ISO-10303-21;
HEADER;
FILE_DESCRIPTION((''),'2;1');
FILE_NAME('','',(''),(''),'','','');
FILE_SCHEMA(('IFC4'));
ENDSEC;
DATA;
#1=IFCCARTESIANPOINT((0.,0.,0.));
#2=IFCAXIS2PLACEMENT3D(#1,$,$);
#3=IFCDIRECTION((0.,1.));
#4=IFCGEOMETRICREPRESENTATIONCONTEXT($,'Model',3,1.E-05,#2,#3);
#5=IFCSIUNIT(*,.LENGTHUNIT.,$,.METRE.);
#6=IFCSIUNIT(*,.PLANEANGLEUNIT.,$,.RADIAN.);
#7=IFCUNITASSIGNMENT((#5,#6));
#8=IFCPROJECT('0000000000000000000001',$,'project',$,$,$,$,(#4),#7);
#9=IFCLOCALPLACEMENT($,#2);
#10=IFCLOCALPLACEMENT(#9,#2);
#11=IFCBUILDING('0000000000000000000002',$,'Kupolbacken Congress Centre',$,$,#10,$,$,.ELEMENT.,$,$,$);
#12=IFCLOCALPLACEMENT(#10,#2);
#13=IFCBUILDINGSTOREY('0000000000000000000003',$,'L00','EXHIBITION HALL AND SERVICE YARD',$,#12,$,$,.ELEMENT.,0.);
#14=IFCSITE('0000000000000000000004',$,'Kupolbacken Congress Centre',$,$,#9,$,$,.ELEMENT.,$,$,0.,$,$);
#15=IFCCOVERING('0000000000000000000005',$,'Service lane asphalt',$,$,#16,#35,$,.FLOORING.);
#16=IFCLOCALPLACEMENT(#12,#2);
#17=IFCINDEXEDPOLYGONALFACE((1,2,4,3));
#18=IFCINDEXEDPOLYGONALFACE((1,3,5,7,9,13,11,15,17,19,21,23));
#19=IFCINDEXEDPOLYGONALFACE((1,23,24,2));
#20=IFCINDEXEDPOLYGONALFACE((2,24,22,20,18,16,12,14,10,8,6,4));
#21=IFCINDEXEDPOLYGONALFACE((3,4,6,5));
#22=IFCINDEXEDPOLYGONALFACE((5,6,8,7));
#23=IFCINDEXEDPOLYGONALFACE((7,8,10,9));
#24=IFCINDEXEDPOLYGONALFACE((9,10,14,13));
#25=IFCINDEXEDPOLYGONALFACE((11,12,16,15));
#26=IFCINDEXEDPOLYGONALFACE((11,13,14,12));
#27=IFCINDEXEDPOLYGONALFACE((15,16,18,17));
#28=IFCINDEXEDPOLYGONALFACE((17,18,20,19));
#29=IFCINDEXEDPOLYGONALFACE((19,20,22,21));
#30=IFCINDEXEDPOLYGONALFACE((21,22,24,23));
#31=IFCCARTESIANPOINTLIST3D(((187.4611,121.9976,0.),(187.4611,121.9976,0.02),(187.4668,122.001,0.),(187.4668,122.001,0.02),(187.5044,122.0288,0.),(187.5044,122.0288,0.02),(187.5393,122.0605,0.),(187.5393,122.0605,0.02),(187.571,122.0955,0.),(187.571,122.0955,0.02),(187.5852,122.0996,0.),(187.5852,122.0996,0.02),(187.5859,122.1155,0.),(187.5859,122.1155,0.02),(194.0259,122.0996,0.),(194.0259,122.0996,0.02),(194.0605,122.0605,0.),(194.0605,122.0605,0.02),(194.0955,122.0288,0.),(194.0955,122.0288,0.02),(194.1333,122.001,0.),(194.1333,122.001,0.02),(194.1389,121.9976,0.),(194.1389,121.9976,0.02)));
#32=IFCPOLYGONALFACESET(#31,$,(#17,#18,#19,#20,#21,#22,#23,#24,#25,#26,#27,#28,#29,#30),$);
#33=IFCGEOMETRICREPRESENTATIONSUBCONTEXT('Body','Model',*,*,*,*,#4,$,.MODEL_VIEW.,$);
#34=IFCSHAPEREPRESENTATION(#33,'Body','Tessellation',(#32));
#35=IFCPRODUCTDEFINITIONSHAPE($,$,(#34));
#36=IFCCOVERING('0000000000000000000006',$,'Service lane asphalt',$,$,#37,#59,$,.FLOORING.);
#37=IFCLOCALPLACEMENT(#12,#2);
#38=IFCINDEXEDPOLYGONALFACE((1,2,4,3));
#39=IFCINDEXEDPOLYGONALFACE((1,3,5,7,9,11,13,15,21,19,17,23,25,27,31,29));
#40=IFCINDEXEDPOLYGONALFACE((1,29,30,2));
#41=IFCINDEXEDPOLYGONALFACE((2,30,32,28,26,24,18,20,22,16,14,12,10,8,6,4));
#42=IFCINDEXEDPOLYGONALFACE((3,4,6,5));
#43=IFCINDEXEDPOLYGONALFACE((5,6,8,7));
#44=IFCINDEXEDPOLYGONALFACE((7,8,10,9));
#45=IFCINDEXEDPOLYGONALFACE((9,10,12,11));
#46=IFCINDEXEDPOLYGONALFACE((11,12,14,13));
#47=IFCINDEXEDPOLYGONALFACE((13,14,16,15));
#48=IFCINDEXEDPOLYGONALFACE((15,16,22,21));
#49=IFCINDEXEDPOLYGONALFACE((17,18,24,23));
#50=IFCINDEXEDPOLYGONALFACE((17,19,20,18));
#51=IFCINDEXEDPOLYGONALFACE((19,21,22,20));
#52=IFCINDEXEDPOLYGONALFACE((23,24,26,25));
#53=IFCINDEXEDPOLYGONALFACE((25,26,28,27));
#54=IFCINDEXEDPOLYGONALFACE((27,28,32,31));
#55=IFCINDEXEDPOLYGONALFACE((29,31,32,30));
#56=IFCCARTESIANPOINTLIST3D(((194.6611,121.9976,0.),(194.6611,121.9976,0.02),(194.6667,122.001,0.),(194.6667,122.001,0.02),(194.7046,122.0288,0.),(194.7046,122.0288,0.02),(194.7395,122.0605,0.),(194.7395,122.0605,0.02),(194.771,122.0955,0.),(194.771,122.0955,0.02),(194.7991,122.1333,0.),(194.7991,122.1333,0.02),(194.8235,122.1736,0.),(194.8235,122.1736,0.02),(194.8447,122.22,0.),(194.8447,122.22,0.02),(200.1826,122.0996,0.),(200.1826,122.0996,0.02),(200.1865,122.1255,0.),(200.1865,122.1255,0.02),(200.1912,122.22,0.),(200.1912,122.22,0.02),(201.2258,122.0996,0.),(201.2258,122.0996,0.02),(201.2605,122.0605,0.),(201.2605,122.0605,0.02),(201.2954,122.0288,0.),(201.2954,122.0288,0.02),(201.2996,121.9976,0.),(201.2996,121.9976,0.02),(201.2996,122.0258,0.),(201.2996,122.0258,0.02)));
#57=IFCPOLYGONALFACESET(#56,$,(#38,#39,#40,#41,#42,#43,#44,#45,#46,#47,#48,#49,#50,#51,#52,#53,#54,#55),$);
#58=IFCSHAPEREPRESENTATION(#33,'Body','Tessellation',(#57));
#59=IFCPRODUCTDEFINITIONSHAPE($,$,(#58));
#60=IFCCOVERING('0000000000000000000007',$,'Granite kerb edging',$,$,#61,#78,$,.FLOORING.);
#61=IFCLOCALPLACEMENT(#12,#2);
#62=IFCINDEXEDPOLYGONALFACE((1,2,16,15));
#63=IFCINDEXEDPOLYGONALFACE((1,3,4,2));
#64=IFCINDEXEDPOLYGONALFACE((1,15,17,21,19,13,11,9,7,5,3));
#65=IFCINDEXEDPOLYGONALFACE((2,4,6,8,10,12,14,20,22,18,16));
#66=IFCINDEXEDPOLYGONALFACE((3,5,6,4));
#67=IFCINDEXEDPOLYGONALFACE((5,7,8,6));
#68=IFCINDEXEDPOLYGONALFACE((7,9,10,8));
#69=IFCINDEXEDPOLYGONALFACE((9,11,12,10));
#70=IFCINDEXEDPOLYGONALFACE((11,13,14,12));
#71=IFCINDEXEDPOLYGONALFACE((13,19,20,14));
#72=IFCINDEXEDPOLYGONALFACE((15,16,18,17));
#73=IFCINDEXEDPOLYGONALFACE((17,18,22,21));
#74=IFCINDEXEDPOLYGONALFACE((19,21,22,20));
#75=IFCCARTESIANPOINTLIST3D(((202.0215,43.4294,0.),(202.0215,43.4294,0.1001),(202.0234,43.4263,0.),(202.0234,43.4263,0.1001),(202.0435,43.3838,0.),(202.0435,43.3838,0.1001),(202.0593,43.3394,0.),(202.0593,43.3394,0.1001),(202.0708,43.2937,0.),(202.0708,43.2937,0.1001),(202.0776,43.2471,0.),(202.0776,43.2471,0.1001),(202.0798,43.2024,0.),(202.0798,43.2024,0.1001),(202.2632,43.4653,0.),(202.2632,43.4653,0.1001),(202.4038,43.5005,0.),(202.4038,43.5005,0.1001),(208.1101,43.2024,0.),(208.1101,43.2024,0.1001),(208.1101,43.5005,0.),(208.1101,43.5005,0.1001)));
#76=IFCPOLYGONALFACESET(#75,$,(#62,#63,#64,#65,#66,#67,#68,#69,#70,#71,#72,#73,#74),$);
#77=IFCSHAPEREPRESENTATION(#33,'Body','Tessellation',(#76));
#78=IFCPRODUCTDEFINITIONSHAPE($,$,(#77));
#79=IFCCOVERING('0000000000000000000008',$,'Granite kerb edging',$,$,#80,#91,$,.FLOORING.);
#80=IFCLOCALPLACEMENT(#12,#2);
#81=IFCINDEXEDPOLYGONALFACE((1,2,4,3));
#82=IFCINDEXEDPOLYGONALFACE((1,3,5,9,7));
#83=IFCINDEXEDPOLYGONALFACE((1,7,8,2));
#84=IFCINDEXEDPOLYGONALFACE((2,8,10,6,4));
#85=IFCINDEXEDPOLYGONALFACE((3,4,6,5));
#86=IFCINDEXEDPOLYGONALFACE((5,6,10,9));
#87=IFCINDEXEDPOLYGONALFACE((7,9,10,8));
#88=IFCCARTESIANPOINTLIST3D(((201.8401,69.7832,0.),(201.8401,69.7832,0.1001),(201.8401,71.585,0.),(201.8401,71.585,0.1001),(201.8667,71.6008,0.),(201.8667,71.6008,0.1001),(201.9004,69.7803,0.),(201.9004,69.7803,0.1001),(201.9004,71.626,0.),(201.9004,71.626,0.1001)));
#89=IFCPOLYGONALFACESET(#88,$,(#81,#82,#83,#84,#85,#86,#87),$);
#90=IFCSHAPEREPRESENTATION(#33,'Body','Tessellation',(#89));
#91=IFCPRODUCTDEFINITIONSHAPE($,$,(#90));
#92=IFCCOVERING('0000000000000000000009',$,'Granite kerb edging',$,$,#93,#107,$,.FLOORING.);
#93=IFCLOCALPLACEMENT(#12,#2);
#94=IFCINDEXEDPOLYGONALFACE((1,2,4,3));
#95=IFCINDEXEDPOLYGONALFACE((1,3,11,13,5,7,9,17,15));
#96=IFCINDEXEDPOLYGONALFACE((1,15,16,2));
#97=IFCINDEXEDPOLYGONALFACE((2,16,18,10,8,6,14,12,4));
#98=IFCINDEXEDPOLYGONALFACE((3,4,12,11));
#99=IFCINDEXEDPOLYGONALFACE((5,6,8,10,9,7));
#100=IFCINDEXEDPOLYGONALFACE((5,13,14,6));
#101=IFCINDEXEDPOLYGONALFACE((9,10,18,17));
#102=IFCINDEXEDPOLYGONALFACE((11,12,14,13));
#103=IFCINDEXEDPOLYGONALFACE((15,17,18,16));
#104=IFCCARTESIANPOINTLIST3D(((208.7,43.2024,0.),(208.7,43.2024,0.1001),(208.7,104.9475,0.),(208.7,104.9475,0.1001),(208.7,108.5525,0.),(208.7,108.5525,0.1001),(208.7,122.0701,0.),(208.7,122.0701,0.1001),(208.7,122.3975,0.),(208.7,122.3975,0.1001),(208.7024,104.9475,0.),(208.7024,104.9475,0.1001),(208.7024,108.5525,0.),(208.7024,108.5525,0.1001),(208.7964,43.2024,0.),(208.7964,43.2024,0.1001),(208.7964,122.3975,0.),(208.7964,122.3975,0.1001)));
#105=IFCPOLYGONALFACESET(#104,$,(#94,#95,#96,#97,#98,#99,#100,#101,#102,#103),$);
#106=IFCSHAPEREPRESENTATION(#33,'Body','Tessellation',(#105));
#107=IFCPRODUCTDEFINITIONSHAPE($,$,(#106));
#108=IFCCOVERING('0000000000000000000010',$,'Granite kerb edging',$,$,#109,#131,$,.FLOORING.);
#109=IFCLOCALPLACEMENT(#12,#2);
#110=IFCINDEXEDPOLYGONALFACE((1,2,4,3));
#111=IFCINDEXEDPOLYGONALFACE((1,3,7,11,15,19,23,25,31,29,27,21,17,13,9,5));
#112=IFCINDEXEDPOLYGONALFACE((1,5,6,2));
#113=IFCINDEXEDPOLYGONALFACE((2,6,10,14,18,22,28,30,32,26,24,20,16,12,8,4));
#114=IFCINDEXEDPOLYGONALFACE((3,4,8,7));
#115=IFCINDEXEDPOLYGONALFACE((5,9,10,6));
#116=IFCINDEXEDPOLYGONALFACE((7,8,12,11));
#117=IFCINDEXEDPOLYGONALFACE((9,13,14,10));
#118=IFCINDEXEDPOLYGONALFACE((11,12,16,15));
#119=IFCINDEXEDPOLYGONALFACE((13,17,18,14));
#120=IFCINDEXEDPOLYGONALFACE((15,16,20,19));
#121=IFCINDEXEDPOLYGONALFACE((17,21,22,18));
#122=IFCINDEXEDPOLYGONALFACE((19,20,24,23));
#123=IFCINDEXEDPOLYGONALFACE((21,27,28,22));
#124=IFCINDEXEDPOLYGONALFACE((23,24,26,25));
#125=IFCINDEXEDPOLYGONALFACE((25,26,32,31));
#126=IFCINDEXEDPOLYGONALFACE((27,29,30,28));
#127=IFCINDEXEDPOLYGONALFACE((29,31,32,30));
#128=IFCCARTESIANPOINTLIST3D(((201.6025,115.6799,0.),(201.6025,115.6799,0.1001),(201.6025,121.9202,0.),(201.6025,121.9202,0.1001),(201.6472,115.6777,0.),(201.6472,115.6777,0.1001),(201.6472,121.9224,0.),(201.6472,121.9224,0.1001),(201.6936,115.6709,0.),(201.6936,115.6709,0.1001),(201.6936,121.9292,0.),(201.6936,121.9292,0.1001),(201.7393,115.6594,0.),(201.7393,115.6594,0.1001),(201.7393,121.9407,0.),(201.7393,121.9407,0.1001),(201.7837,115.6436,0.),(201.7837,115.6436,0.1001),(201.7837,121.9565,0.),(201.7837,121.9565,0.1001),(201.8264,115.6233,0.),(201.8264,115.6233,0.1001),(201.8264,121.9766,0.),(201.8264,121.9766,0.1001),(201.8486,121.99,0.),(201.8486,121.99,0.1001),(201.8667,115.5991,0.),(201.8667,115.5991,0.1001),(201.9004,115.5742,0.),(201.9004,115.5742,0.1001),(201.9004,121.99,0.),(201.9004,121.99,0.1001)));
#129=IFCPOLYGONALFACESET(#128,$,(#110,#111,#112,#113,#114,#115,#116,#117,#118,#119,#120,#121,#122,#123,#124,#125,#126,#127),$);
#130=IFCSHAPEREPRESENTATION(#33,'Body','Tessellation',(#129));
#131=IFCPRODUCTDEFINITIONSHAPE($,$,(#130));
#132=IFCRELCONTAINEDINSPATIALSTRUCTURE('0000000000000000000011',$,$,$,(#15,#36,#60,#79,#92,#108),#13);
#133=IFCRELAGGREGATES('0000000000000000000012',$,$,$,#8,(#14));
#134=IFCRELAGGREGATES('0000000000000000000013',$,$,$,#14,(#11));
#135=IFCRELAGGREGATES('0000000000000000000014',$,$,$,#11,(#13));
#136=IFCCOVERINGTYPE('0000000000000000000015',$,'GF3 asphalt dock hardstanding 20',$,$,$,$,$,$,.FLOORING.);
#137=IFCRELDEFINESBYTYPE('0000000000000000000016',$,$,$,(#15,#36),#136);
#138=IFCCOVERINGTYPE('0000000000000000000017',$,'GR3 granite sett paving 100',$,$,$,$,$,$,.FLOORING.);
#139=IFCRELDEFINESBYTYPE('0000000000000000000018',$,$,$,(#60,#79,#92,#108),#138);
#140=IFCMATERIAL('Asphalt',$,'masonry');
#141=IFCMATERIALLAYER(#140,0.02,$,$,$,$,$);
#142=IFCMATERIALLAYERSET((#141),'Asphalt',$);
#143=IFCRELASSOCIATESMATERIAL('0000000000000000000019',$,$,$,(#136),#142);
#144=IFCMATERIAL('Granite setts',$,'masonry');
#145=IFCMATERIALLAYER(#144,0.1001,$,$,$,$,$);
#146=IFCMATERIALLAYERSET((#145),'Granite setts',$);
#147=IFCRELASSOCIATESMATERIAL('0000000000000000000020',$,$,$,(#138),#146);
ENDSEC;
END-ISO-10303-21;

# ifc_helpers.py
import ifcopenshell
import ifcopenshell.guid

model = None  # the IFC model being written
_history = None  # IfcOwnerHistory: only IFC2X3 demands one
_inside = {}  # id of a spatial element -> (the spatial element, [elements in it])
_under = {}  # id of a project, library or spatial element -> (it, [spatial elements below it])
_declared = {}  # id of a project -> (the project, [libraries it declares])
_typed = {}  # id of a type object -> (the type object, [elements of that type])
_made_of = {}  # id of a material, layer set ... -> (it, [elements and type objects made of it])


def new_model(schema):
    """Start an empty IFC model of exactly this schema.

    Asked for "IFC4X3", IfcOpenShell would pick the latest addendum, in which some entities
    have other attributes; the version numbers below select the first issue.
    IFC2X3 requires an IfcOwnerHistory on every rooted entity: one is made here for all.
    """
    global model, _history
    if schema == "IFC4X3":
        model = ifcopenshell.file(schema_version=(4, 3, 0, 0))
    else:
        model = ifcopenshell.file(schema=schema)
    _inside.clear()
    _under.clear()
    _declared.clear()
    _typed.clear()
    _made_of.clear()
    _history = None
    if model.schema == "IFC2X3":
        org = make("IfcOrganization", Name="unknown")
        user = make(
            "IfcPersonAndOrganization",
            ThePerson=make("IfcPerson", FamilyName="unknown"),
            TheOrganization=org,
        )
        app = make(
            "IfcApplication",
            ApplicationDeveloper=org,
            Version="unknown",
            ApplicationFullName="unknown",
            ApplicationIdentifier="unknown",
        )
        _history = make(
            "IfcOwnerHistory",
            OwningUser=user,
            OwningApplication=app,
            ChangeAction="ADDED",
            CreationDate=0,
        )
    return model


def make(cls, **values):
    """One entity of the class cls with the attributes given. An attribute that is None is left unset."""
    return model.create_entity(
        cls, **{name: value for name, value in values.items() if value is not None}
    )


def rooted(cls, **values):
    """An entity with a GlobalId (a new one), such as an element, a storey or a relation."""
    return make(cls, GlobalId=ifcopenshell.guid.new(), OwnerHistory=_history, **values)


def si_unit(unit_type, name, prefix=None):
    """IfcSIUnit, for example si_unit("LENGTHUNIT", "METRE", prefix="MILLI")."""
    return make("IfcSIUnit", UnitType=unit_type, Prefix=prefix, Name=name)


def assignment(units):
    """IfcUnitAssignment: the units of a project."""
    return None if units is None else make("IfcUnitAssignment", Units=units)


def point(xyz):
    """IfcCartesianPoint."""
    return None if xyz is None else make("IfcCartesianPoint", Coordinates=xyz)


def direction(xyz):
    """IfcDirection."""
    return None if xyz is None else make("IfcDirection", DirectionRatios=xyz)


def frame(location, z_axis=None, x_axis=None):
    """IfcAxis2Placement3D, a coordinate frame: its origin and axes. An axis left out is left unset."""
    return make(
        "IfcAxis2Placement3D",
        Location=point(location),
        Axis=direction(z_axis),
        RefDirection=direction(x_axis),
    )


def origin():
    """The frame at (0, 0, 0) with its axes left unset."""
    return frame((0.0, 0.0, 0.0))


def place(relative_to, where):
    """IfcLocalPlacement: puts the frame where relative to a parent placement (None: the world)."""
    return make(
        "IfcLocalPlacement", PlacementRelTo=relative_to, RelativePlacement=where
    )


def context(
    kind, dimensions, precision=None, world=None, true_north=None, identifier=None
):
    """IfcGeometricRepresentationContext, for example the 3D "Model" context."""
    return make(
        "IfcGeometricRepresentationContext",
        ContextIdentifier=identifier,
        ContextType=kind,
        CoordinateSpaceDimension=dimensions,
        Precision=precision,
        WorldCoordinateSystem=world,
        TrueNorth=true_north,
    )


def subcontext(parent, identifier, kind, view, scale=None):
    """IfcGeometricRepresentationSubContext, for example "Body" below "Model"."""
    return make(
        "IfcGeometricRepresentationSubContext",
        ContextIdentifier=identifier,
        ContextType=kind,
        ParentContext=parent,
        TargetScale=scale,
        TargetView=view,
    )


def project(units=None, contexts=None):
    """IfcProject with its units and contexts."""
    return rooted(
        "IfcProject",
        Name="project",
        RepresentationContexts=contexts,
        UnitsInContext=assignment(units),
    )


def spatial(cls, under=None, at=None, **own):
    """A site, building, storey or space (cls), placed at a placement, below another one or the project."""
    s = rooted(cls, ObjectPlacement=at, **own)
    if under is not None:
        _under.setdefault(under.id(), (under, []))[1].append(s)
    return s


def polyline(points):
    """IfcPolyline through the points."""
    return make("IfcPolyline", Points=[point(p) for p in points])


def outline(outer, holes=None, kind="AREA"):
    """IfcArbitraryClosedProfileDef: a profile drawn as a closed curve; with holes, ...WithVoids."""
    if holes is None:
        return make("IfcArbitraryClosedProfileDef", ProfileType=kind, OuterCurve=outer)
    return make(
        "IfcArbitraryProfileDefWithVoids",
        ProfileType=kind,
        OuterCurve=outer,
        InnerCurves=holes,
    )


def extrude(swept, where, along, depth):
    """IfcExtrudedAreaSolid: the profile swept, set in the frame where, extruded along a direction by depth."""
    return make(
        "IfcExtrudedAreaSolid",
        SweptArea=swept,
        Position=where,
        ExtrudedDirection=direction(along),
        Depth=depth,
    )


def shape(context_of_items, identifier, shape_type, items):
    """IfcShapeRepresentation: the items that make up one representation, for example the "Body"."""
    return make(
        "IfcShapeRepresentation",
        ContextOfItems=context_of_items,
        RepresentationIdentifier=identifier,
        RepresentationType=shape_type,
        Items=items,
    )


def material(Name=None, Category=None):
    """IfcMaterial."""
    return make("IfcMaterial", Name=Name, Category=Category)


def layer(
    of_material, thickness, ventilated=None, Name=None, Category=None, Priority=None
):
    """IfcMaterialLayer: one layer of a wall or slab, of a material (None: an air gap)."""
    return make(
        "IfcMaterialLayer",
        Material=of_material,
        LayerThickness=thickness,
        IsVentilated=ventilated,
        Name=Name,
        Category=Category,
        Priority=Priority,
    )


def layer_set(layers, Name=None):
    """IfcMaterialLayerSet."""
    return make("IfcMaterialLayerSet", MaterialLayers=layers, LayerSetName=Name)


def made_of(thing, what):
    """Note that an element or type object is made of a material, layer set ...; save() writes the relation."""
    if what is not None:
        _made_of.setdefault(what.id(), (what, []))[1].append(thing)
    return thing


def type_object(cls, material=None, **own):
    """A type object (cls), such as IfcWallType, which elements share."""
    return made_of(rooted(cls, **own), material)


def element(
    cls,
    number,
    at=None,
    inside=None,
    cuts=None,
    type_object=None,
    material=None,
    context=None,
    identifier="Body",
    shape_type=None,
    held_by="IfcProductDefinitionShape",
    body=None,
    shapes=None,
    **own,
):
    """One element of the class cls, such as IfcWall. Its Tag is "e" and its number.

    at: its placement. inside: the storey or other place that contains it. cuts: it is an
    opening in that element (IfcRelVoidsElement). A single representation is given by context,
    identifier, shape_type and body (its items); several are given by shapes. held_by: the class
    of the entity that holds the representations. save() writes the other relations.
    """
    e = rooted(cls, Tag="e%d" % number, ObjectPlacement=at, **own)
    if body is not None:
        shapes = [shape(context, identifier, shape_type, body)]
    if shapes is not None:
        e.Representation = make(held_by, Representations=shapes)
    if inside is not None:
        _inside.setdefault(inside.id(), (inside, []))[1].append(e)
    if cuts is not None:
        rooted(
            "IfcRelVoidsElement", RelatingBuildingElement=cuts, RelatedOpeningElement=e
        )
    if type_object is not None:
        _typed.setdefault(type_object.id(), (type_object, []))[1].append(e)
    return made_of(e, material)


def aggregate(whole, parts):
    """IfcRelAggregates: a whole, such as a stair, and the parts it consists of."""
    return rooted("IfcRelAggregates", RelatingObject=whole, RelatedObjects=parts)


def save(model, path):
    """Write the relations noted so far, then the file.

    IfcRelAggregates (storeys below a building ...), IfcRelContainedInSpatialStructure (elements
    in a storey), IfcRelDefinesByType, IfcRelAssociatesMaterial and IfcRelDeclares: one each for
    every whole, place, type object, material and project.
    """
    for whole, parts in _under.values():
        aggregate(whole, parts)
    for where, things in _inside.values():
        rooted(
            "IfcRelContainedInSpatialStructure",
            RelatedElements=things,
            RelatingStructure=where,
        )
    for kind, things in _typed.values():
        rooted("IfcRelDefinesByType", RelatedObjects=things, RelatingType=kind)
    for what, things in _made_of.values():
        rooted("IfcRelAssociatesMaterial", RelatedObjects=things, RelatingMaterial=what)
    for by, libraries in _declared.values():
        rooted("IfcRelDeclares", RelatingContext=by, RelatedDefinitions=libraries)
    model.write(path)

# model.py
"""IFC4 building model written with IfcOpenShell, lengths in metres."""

from ifc_helpers import new_model, si_unit, direction, origin, place, context, subcontext, project, spatial, polyline, outline, extrude, material, layer, layer_set, type_object, element, save


model = new_model("IFC4")

# Units and contexts
model_context = context("Model", 3, precision=1e-05, world=origin(), true_north=direction((0.0, 1.0)))
body_context = subcontext(model_context, "Body", "Model", "MODEL_VIEW")
ifc_project = project(units=[si_unit("LENGTHUNIT", "METRE"), si_unit("PLANEANGLEUNIT", "RADIAN")], contexts=[model_context])

# Site, building, storey
site_placement = place(None, origin())
site = spatial("IfcSite", under=ifc_project, at=site_placement, Name="Kupolbacken Congress Centre", CompositionType="ELEMENT", RefElevation=0.0)
building_placement = place(site_placement, origin())
building = spatial("IfcBuilding", under=site, at=building_placement, Name="Kupolbacken Congress Centre", CompositionType="ELEMENT")
storey_placement = place(building_placement, origin())
storey = spatial("IfcBuildingStorey", under=building, at=storey_placement, Name="L00", Description="EXHIBITION HALL AND SERVICE YARD", CompositionType="ELEMENT", Elevation=0.0)

# Coverings
ifc_material_1 = material(Name="Asphalt", Category="masonry")
ifc_layer_1 = layer(ifc_material_1, 0.02)
ifc_layer_set_1 = layer_set([ifc_layer_1], Name="Asphalt")
covering_type_1 = type_object("IfcCoveringType", Name="GF3 asphalt dock hardstanding 20", PredefinedType="FLOORING", material=ifc_layer_set_1)
covering_1_placement = place(storey_placement, origin())
element("IfcCovering", 1, at=covering_1_placement, inside=storey, type_object=covering_type_1, Name="Service lane asphalt", PredefinedType="FLOORING", context=body_context, shape_type="SweptSolid", body=[
    extrude(outline(polyline([(187.4668, 122.001), (187.5044, 122.0288), (187.5393, 122.0605), (187.571, 122.0955), (187.5952, 122.1279), (187.5859, 122.1155), (187.5852, 122.0996), (194.0259, 122.0996), (194.0605, 122.0605), (194.0955, 122.0288), (194.1333, 122.001), (194.1736, 121.9766), (194.1389, 121.9976), (187.4612, 121.9976), (187.4263, 121.9766), (187.4668, 122.001)])), origin(), (0.0, 0.0, 1.0), 0.02),
])
covering_2_placement = place(storey_placement, origin())
element("IfcCovering", 2, at=covering_2_placement, inside=storey, type_object=covering_type_1, Name="Service lane asphalt", PredefinedType="FLOORING", context=body_context, shape_type="SweptSolid", body=[
    extrude(outline(polyline([(194.6667, 122.001), (194.7046, 122.0288), (194.7395, 122.0605), (194.771, 122.0955), (194.7991, 122.1333), (194.8235, 122.1736), (194.8447, 122.22), (200.1912, 122.22), (200.1865, 122.1255), (200.1826, 122.0996), (201.2258, 122.0996), (201.2605, 122.0605), (201.2954, 122.0288), (201.3333, 122.001), (201.2996, 122.0259), (201.2996, 121.9976), (194.6611, 121.9976), (194.6262, 121.9766), (194.6667, 122.001)])), origin(), (0.0, 0.0, 1.0), 0.02),
])
ifc_material_2 = material(Name="Granite setts", Category="masonry")
ifc_layer_2 = layer(ifc_material_2, 0.1001)
ifc_layer_set_2 = layer_set([ifc_layer_2], Name="Granite setts")
covering_type_2 = type_object("IfcCoveringType", Name="GR3 granite sett paving 100", PredefinedType="FLOORING", material=ifc_layer_set_2)
covering_3_placement = place(storey_placement, origin())
element("IfcCovering", 3, at=covering_3_placement, inside=storey, type_object=covering_type_2, Name="Granite kerb edging", PredefinedType="FLOORING", context=body_context, shape_type="SweptSolid", body=[
    extrude(outline(polyline([(202.0593, 43.3394), (202.0435, 43.3838), (202.0234, 43.4263), (202.0215, 43.4294), (202.2632, 43.4653), (202.4038, 43.5005), (208.1101, 43.5005), (208.1101, 43.2024), (202.0798, 43.2024), (202.0776, 43.2471), (202.0708, 43.2937), (202.0593, 43.3394)])), origin(), (0.0, 0.0, 1.0), 0.1001),
])
covering_4_placement = place(storey_placement, origin())
element("IfcCovering", 4, at=covering_4_placement, inside=storey, type_object=covering_type_2, Name="Granite kerb edging", PredefinedType="FLOORING", context=body_context, shape_type="SweptSolid", body=[
    extrude(outline(polyline([(201.9004, 69.7803), (201.8401, 69.7832), (201.8401, 71.585), (201.8667, 71.6008), (201.9004, 71.626), (201.9004, 69.7803)])), origin(), (0.0, 0.0, 1.0), 0.1001),
])
covering_5_placement = place(storey_placement, origin())
element("IfcCovering", 5, at=covering_5_placement, inside=storey, type_object=covering_type_2, Name="Granite kerb edging", PredefinedType="FLOORING", context=body_context, shape_type="SweptSolid", body=[
    extrude(outline(polyline([(208.7024, 108.5525), (208.7, 108.5525), (208.7, 122.0701), (208.7, 122.3975), (208.7964, 122.3975), (208.7964, 43.2024), (208.7, 43.2024), (208.7, 104.9475), (208.7024, 104.9475), (208.7024, 108.5525)])), origin(), (0.0, 0.0, 1.0), 0.1001),
])
covering_6_placement = place(storey_placement, origin())
element("IfcCovering", 6, at=covering_6_placement, inside=storey, type_object=covering_type_2, Name="Granite kerb edging", PredefinedType="FLOORING", context=body_context, shape_type="SweptSolid", body=[
    extrude(outline(polyline([(201.8264, 121.9766), (201.8486, 121.99), (201.9004, 121.99), (201.9004, 115.5742), (201.8667, 115.5991), (201.8264, 115.6233), (201.7837, 115.6436), (201.7393, 115.6594), (201.6936, 115.6709), (201.6472, 115.6777), (201.6025, 115.6799), (201.6025, 121.9202), (201.6472, 121.9224), (201.6936, 121.9292), (201.7393, 121.9407), (201.7837, 121.9565), (201.8264, 121.9766)])), origin(), (0.0, 0.0, 1.0), 0.1001),
])

save(model, "model.ifc")
